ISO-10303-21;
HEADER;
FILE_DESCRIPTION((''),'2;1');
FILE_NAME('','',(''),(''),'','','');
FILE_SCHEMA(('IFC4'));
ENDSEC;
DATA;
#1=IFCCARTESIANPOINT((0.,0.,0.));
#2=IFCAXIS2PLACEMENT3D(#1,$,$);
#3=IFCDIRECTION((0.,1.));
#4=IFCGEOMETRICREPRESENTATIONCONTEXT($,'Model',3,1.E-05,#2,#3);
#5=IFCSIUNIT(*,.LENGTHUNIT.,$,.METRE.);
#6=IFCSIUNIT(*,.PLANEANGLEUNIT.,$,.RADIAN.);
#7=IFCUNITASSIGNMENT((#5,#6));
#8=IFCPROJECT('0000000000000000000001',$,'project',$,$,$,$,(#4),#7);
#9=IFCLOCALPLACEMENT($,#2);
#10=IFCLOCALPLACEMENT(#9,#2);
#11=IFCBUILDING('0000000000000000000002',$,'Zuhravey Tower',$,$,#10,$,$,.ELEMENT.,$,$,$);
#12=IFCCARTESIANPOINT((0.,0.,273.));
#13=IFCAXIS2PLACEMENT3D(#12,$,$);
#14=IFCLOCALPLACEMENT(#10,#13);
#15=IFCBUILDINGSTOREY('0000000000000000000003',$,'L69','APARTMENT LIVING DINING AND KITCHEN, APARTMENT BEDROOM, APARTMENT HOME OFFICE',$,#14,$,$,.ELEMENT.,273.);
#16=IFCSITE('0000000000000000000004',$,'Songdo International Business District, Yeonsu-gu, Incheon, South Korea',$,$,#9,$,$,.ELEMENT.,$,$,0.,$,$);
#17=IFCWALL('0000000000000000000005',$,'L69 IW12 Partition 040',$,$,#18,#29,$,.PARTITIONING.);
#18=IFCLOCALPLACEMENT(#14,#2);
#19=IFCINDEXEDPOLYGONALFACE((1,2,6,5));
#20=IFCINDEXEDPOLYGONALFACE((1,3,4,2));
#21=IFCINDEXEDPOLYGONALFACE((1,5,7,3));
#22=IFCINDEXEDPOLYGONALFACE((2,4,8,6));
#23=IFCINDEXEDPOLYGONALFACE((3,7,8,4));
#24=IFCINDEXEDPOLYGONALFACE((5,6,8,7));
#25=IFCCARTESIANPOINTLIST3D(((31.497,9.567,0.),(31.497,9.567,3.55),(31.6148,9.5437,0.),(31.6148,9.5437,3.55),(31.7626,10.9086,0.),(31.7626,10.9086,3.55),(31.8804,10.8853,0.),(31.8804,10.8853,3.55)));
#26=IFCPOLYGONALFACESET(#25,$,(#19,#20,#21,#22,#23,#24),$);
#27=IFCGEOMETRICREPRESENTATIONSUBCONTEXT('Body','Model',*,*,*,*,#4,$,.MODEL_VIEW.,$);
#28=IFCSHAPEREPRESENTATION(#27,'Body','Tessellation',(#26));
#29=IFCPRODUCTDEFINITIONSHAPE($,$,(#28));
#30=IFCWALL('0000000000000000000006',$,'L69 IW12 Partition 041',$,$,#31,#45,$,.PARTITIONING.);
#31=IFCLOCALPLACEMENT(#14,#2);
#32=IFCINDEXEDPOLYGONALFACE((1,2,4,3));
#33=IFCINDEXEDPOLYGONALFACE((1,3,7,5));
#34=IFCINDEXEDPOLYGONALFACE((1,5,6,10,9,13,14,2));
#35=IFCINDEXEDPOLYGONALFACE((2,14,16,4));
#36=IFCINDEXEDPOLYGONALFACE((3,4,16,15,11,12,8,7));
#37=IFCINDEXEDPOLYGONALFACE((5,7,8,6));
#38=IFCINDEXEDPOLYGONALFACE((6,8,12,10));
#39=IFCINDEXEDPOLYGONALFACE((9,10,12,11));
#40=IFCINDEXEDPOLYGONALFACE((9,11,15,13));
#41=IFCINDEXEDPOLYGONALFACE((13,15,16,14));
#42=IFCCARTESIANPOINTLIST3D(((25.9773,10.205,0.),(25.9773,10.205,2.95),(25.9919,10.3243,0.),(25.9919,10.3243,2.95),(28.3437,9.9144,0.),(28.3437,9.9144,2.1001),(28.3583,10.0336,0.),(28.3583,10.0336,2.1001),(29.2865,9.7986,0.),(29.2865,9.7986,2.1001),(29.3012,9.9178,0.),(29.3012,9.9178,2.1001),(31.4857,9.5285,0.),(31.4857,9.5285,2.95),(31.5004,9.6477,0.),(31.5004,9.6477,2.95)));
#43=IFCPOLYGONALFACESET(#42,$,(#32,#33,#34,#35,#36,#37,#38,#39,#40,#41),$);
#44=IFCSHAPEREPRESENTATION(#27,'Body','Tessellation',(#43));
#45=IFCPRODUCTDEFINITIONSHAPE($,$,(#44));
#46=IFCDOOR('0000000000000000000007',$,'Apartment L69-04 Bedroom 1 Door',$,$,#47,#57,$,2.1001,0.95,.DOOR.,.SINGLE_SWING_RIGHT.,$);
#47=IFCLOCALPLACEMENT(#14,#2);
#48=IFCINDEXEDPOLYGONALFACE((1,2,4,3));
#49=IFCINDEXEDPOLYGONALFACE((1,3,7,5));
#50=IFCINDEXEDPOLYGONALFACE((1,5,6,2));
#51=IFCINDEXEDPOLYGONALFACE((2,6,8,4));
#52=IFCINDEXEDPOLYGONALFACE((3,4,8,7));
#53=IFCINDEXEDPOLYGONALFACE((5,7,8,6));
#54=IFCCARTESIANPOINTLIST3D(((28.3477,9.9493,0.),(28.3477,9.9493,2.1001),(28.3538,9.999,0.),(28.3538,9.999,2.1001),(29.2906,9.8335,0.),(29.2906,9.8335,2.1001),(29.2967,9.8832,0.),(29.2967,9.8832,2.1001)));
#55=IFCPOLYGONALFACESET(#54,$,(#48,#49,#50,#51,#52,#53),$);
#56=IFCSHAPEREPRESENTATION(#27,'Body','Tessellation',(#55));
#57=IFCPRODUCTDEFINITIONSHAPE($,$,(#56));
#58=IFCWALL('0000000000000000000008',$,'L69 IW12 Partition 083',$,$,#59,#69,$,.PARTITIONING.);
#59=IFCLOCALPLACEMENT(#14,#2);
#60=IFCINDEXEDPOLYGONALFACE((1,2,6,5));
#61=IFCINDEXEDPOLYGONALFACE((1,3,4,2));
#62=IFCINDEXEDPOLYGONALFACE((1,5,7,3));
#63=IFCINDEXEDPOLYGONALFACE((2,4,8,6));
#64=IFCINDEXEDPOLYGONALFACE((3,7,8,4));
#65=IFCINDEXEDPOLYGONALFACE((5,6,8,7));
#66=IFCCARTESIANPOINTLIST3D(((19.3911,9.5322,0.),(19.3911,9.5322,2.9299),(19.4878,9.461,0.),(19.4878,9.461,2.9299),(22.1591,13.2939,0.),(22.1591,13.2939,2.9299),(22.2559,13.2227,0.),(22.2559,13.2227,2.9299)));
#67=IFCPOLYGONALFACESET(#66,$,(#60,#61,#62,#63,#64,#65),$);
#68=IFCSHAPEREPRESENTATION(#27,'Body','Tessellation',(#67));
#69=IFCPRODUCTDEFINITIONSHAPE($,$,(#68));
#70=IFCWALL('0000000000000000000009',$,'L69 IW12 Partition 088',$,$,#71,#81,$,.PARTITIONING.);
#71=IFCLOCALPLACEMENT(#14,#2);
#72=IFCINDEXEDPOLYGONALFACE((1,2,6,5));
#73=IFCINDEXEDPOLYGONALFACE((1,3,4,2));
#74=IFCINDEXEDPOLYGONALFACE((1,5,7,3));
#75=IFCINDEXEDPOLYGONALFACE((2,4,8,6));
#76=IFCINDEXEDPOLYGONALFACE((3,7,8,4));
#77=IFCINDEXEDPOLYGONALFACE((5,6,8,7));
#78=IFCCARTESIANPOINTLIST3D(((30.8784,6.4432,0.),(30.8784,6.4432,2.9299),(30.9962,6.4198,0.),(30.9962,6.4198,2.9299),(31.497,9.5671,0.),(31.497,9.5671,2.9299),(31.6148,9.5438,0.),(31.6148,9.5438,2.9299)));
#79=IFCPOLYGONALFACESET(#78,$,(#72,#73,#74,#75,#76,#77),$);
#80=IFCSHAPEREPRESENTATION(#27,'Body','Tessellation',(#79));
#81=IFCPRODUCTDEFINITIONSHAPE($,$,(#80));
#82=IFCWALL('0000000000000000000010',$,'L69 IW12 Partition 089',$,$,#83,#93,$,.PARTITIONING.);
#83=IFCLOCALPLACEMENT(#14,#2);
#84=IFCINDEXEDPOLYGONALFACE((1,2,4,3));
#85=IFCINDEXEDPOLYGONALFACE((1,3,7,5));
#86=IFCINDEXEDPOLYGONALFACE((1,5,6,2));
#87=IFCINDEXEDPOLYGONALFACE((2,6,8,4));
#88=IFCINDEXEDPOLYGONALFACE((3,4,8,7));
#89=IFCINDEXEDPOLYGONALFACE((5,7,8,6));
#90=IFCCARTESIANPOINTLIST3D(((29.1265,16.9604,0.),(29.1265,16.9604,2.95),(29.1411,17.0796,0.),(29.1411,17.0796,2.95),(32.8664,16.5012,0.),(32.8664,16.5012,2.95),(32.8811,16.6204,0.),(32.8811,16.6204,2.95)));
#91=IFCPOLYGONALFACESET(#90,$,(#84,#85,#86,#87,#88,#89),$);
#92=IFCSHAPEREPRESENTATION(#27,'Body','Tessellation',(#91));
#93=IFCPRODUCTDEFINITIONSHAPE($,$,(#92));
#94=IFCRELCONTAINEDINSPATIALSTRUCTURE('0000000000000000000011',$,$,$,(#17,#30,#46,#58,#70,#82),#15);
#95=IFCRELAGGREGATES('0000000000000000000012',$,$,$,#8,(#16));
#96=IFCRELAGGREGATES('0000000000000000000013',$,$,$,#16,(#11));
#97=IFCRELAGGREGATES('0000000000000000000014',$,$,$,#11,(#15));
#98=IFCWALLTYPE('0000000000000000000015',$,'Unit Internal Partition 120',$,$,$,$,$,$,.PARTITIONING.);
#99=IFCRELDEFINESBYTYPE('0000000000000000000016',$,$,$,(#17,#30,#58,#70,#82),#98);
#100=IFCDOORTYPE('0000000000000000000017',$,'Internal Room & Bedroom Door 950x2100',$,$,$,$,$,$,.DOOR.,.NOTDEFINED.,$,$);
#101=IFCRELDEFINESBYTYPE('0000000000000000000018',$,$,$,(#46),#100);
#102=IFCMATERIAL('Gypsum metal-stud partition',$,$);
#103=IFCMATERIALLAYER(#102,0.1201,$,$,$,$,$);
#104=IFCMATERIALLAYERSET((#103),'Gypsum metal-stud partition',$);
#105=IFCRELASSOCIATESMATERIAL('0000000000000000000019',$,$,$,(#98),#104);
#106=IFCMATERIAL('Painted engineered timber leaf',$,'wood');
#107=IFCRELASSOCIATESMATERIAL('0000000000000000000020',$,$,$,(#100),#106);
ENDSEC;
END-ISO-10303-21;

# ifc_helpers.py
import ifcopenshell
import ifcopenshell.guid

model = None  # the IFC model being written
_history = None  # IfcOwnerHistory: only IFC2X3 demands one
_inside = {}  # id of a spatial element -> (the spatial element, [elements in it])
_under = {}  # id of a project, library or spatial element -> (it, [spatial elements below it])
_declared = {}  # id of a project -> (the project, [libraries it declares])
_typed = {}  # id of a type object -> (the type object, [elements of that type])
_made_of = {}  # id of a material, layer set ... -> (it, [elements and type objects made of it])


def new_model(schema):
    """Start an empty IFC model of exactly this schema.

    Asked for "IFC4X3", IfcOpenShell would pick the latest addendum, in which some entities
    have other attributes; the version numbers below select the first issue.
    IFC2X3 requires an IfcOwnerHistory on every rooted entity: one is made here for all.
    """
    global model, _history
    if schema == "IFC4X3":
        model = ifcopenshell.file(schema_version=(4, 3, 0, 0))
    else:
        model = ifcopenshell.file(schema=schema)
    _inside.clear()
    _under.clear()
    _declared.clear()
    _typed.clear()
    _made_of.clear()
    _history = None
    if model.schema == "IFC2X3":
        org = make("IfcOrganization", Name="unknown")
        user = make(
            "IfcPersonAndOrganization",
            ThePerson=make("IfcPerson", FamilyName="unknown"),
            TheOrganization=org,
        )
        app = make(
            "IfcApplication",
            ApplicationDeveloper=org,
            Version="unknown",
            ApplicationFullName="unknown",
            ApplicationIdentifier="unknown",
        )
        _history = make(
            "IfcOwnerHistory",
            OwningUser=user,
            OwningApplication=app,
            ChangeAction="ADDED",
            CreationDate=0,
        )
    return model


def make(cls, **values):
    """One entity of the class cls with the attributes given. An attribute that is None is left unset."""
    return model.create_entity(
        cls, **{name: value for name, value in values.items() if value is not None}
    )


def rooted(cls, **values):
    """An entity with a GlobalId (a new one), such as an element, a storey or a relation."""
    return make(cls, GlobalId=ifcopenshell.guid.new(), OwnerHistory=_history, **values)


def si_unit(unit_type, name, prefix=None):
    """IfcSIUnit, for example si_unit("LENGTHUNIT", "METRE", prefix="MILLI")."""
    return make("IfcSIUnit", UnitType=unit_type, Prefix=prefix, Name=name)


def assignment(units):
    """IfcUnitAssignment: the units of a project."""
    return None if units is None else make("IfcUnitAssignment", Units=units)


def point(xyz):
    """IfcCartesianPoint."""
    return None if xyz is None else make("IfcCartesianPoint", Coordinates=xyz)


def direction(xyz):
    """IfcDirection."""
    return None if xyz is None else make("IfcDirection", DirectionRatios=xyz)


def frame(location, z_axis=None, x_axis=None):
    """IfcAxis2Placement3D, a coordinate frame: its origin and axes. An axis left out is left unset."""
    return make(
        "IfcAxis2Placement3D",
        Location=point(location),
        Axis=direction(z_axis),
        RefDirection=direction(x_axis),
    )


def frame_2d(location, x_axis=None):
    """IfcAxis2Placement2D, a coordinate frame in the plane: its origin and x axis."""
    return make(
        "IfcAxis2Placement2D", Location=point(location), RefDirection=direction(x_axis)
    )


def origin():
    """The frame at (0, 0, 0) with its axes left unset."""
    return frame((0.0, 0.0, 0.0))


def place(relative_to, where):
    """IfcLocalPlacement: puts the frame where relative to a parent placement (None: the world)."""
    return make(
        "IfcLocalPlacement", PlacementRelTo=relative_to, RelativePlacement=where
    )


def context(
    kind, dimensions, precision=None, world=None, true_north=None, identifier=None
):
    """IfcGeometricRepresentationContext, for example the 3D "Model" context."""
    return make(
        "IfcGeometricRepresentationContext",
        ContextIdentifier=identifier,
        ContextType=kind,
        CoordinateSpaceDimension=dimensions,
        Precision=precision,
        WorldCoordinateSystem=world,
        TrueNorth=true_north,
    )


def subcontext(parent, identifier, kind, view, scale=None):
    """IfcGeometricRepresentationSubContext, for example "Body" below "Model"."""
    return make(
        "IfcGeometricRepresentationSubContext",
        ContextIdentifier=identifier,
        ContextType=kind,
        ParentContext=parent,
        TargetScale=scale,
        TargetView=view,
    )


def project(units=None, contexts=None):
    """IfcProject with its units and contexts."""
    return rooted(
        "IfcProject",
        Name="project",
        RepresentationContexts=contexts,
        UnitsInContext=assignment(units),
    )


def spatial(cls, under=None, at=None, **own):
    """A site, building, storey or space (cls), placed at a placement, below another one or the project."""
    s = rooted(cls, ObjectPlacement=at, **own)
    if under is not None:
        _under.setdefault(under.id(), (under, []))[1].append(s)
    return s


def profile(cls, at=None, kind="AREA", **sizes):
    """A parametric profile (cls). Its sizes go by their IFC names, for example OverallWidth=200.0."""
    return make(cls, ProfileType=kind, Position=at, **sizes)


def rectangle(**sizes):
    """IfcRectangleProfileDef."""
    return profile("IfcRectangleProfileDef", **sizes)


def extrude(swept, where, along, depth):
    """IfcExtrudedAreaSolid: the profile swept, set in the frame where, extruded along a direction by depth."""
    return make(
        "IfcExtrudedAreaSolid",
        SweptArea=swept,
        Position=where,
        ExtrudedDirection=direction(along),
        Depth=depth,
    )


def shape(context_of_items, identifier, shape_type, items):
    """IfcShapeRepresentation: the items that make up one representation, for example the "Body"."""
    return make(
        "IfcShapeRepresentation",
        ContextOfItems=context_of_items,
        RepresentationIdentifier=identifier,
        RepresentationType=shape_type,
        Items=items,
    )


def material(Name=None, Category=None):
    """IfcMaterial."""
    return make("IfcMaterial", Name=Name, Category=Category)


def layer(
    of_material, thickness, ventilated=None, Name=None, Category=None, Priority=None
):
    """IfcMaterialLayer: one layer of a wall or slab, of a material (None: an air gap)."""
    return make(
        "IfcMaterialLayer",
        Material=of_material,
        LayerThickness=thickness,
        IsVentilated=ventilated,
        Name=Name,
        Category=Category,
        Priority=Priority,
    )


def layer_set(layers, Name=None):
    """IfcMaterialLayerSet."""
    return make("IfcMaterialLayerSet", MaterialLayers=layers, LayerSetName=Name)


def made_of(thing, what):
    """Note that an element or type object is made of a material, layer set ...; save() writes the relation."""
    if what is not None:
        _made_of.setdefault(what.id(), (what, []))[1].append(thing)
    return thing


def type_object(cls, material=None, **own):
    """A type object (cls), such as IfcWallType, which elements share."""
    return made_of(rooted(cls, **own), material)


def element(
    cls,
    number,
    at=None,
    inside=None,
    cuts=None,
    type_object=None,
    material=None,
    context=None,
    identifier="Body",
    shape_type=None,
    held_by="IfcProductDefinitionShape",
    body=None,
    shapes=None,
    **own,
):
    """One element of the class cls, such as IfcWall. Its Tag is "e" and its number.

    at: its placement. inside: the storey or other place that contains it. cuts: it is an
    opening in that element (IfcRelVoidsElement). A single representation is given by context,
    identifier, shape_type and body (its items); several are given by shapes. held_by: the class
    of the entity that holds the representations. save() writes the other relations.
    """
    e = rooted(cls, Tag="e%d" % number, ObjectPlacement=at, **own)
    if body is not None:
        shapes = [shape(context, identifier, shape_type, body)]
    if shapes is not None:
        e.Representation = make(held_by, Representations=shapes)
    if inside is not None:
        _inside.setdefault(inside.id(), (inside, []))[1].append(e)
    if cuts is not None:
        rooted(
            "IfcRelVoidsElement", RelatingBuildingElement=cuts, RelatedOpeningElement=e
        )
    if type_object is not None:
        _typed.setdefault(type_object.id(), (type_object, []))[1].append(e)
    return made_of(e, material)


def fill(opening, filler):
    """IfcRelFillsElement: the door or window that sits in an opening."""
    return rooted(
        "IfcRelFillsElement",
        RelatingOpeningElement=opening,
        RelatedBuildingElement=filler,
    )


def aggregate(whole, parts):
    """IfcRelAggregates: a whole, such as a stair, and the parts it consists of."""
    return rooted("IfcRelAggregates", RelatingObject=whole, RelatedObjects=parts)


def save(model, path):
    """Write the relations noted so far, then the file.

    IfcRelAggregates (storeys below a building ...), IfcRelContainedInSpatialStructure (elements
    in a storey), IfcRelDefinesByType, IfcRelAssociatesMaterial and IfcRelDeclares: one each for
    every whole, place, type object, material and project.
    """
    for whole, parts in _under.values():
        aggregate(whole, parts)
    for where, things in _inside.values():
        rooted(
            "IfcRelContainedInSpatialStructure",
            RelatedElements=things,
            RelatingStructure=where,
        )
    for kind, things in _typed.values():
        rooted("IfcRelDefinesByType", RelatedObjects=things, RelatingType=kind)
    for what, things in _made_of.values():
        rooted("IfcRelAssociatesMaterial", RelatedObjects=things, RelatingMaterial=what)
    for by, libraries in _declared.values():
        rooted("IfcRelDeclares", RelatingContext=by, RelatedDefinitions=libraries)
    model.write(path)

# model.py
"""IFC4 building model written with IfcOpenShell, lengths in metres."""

from ifc_helpers import new_model, si_unit, direction, frame, frame_2d, origin, place, context, subcontext, project, spatial, rectangle, extrude, material, layer, layer_set, type_object, element, fill, save


model = new_model("IFC4")

# Units and contexts
model_context = context("Model", 3, precision=1e-05, world=origin(), true_north=direction((0.0, 1.0)))
body_context = subcontext(model_context, "Body", "Model", "MODEL_VIEW")
ifc_project = project(units=[si_unit("LENGTHUNIT", "METRE"), si_unit("PLANEANGLEUNIT", "RADIAN")], contexts=[model_context])

# Site, building, storey
site_placement = place(None, origin())
site = spatial("IfcSite", under=ifc_project, at=site_placement, Name="Songdo International Business District, Yeonsu-gu, Incheon, South Korea", CompositionType="ELEMENT", RefElevation=0.0)
building_placement = place(site_placement, origin())
building = spatial("IfcBuilding", under=site, at=building_placement, Name="Zuhravey Tower", CompositionType="ELEMENT")
storey_placement = place(building_placement, frame((0.0, 0.0, 273.0)))
storey = spatial("IfcBuildingStorey", under=building, at=storey_placement, Name="L69", Description="APARTMENT LIVING DINING AND KITCHEN, APARTMENT BEDROOM, APARTMENT HOME OFFICE", CompositionType="ELEMENT", Elevation=273.0)

# Shared definitions
ifc_material_1 = material(Name="Gypsum metal-stud partition")
ifc_layer_1 = layer(ifc_material_1, 0.1201)
ifc_layer_set_1 = layer_set([ifc_layer_1], Name="Gypsum metal-stud partition")
wall_type_1 = type_object("IfcWallType", Name="Unit Internal Partition 120", PredefinedType="PARTITIONING", material=ifc_layer_set_1)
ifc_material_2 = material(Name="Painted engineered timber leaf", Category="wood")
door_type_1 = type_object("IfcDoorType", Name="Internal Room & Bedroom Door 950x2100", OperationType="NOTDEFINED", PredefinedType="DOOR", material=ifc_material_2)

# Wall
wall_1_placement = place(storey_placement, frame((31.8215, 10.897, 0.0), z_axis=(0.0, 0.0, 1.0), x_axis=(-0.194228, -0.980956, 0.0)))
element("IfcWall", 1, at=wall_1_placement, inside=storey, type_object=wall_type_1, Name="L69 IW12 Partition 040", PredefinedType="PARTITIONING", context=body_context, shape_type="SweptSolid", body=[
    extrude(rectangle(XDim=1.3677, YDim=0.1201, at=frame_2d((0.6838, 0.0))), origin(), (0.0, 0.0, 1.0), 3.55),
])

# Wall, opening, door
wall_2_placement = place(storey_placement, frame((25.9846, 10.2646, 0.0), z_axis=(0.0, 0.0, 1.0), x_axis=(0.992542, -0.121901, 0.0)))
wall_2 = element("IfcWall", 2, at=wall_2_placement, inside=storey, type_object=wall_type_1, Name="L69 IW12 Partition 041", PredefinedType="PARTITIONING", context=body_context, shape_type="SweptSolid", body=[
    extrude(rectangle(XDim=5.5498, YDim=0.1201, at=frame_2d((2.7749, 0.0))), origin(), (0.0, 0.0, 1.0), 2.95),
])
opening_1_placement = place(wall_2_placement, frame((2.384, 0.0, 0.0)))
opening_1 = element("IfcOpeningElement", 3, at=opening_1_placement, cuts=wall_2, PredefinedType="OPENING", context=body_context, shape_type="SweptSolid", body=[
    extrude(rectangle(XDim=0.95, YDim=2.1001, at=frame_2d((0.4751, 1.05))), frame((0.0, 0.072, 0.0), z_axis=(0.0, -1.0, 0.0), x_axis=(1.0, 0.0, 0.0)), (0.0, 0.0, 1.0), 0.144),
])
door_1_placement = place(opening_1_placement, frame((0.95, 0.0, 0.0), z_axis=(0.0, 0.0, 1.0), x_axis=(-1.0, 0.0, 0.0)))
door_1 = element("IfcDoor", 4, at=door_1_placement, inside=storey, type_object=door_type_1, Name="Apartment L69-04 Bedroom 1 Door", OperationType="SINGLE_SWING_RIGHT", OverallHeight=2.1001, OverallWidth=0.95, PredefinedType="DOOR", context=body_context, shape_type="SweptSolid", body=[
    extrude(rectangle(XDim=0.95, YDim=2.1001, at=frame_2d((0.4751, 1.05))), frame((0.0, 0.0249, 0.0), z_axis=(0.0, -1.0, 0.0), x_axis=(1.0, 0.0, 0.0)), (0.0, 0.0, 1.0), 0.05),
])
fill(opening_1, door_1)

# Walls
wall_3_placement = place(storey_placement, frame((22.2075, 13.2583, 0.0), z_axis=(0.0, 0.0, 1.0), x_axis=(-0.592682, -0.805437, 0.0)))
element("IfcWall", 5, at=wall_3_placement, inside=storey, type_object=wall_type_1, Name="L69 IW12 Partition 083", PredefinedType="PARTITIONING", context=body_context, shape_type="SweptSolid", body=[
    extrude(rectangle(XDim=4.6704, YDim=0.1201, at=frame_2d((2.3352, 0.0))), origin(), (0.0, 0.0, 1.0), 2.9299),
])
wall_4_placement = place(storey_placement, frame((31.5559, 9.5554, 0.0), z_axis=(0.0, 0.0, 1.0), x_axis=(-0.194258, -0.98095, 0.0)))
element("IfcWall", 6, at=wall_4_placement, inside=storey, type_object=wall_type_1, Name="L69 IW12 Partition 088", PredefinedType="PARTITIONING", context=body_context, shape_type="SweptSolid", body=[
    extrude(rectangle(XDim=3.1846, YDim=0.1201, at=frame_2d((1.5923, 0.0))), origin(), (0.0, 0.0, 1.0), 2.9299),
])
wall_5_placement = place(storey_placement, frame((29.1338, 17.02, 0.0), z_axis=(0.0, 0.0, 1.0), x_axis=(0.992546, -0.121873, 0.0)))
element("IfcWall", 7, at=wall_5_placement, inside=storey, type_object=wall_type_1, Name="L69 IW12 Partition 089", PredefinedType="PARTITIONING", context=body_context, shape_type="SweptSolid", body=[
    extrude(rectangle(XDim=3.7681, YDim=0.1201, at=frame_2d((1.884, 0.0))), origin(), (0.0, 0.0, 1.0), 2.95),
])

save(model, "model.ifc")
